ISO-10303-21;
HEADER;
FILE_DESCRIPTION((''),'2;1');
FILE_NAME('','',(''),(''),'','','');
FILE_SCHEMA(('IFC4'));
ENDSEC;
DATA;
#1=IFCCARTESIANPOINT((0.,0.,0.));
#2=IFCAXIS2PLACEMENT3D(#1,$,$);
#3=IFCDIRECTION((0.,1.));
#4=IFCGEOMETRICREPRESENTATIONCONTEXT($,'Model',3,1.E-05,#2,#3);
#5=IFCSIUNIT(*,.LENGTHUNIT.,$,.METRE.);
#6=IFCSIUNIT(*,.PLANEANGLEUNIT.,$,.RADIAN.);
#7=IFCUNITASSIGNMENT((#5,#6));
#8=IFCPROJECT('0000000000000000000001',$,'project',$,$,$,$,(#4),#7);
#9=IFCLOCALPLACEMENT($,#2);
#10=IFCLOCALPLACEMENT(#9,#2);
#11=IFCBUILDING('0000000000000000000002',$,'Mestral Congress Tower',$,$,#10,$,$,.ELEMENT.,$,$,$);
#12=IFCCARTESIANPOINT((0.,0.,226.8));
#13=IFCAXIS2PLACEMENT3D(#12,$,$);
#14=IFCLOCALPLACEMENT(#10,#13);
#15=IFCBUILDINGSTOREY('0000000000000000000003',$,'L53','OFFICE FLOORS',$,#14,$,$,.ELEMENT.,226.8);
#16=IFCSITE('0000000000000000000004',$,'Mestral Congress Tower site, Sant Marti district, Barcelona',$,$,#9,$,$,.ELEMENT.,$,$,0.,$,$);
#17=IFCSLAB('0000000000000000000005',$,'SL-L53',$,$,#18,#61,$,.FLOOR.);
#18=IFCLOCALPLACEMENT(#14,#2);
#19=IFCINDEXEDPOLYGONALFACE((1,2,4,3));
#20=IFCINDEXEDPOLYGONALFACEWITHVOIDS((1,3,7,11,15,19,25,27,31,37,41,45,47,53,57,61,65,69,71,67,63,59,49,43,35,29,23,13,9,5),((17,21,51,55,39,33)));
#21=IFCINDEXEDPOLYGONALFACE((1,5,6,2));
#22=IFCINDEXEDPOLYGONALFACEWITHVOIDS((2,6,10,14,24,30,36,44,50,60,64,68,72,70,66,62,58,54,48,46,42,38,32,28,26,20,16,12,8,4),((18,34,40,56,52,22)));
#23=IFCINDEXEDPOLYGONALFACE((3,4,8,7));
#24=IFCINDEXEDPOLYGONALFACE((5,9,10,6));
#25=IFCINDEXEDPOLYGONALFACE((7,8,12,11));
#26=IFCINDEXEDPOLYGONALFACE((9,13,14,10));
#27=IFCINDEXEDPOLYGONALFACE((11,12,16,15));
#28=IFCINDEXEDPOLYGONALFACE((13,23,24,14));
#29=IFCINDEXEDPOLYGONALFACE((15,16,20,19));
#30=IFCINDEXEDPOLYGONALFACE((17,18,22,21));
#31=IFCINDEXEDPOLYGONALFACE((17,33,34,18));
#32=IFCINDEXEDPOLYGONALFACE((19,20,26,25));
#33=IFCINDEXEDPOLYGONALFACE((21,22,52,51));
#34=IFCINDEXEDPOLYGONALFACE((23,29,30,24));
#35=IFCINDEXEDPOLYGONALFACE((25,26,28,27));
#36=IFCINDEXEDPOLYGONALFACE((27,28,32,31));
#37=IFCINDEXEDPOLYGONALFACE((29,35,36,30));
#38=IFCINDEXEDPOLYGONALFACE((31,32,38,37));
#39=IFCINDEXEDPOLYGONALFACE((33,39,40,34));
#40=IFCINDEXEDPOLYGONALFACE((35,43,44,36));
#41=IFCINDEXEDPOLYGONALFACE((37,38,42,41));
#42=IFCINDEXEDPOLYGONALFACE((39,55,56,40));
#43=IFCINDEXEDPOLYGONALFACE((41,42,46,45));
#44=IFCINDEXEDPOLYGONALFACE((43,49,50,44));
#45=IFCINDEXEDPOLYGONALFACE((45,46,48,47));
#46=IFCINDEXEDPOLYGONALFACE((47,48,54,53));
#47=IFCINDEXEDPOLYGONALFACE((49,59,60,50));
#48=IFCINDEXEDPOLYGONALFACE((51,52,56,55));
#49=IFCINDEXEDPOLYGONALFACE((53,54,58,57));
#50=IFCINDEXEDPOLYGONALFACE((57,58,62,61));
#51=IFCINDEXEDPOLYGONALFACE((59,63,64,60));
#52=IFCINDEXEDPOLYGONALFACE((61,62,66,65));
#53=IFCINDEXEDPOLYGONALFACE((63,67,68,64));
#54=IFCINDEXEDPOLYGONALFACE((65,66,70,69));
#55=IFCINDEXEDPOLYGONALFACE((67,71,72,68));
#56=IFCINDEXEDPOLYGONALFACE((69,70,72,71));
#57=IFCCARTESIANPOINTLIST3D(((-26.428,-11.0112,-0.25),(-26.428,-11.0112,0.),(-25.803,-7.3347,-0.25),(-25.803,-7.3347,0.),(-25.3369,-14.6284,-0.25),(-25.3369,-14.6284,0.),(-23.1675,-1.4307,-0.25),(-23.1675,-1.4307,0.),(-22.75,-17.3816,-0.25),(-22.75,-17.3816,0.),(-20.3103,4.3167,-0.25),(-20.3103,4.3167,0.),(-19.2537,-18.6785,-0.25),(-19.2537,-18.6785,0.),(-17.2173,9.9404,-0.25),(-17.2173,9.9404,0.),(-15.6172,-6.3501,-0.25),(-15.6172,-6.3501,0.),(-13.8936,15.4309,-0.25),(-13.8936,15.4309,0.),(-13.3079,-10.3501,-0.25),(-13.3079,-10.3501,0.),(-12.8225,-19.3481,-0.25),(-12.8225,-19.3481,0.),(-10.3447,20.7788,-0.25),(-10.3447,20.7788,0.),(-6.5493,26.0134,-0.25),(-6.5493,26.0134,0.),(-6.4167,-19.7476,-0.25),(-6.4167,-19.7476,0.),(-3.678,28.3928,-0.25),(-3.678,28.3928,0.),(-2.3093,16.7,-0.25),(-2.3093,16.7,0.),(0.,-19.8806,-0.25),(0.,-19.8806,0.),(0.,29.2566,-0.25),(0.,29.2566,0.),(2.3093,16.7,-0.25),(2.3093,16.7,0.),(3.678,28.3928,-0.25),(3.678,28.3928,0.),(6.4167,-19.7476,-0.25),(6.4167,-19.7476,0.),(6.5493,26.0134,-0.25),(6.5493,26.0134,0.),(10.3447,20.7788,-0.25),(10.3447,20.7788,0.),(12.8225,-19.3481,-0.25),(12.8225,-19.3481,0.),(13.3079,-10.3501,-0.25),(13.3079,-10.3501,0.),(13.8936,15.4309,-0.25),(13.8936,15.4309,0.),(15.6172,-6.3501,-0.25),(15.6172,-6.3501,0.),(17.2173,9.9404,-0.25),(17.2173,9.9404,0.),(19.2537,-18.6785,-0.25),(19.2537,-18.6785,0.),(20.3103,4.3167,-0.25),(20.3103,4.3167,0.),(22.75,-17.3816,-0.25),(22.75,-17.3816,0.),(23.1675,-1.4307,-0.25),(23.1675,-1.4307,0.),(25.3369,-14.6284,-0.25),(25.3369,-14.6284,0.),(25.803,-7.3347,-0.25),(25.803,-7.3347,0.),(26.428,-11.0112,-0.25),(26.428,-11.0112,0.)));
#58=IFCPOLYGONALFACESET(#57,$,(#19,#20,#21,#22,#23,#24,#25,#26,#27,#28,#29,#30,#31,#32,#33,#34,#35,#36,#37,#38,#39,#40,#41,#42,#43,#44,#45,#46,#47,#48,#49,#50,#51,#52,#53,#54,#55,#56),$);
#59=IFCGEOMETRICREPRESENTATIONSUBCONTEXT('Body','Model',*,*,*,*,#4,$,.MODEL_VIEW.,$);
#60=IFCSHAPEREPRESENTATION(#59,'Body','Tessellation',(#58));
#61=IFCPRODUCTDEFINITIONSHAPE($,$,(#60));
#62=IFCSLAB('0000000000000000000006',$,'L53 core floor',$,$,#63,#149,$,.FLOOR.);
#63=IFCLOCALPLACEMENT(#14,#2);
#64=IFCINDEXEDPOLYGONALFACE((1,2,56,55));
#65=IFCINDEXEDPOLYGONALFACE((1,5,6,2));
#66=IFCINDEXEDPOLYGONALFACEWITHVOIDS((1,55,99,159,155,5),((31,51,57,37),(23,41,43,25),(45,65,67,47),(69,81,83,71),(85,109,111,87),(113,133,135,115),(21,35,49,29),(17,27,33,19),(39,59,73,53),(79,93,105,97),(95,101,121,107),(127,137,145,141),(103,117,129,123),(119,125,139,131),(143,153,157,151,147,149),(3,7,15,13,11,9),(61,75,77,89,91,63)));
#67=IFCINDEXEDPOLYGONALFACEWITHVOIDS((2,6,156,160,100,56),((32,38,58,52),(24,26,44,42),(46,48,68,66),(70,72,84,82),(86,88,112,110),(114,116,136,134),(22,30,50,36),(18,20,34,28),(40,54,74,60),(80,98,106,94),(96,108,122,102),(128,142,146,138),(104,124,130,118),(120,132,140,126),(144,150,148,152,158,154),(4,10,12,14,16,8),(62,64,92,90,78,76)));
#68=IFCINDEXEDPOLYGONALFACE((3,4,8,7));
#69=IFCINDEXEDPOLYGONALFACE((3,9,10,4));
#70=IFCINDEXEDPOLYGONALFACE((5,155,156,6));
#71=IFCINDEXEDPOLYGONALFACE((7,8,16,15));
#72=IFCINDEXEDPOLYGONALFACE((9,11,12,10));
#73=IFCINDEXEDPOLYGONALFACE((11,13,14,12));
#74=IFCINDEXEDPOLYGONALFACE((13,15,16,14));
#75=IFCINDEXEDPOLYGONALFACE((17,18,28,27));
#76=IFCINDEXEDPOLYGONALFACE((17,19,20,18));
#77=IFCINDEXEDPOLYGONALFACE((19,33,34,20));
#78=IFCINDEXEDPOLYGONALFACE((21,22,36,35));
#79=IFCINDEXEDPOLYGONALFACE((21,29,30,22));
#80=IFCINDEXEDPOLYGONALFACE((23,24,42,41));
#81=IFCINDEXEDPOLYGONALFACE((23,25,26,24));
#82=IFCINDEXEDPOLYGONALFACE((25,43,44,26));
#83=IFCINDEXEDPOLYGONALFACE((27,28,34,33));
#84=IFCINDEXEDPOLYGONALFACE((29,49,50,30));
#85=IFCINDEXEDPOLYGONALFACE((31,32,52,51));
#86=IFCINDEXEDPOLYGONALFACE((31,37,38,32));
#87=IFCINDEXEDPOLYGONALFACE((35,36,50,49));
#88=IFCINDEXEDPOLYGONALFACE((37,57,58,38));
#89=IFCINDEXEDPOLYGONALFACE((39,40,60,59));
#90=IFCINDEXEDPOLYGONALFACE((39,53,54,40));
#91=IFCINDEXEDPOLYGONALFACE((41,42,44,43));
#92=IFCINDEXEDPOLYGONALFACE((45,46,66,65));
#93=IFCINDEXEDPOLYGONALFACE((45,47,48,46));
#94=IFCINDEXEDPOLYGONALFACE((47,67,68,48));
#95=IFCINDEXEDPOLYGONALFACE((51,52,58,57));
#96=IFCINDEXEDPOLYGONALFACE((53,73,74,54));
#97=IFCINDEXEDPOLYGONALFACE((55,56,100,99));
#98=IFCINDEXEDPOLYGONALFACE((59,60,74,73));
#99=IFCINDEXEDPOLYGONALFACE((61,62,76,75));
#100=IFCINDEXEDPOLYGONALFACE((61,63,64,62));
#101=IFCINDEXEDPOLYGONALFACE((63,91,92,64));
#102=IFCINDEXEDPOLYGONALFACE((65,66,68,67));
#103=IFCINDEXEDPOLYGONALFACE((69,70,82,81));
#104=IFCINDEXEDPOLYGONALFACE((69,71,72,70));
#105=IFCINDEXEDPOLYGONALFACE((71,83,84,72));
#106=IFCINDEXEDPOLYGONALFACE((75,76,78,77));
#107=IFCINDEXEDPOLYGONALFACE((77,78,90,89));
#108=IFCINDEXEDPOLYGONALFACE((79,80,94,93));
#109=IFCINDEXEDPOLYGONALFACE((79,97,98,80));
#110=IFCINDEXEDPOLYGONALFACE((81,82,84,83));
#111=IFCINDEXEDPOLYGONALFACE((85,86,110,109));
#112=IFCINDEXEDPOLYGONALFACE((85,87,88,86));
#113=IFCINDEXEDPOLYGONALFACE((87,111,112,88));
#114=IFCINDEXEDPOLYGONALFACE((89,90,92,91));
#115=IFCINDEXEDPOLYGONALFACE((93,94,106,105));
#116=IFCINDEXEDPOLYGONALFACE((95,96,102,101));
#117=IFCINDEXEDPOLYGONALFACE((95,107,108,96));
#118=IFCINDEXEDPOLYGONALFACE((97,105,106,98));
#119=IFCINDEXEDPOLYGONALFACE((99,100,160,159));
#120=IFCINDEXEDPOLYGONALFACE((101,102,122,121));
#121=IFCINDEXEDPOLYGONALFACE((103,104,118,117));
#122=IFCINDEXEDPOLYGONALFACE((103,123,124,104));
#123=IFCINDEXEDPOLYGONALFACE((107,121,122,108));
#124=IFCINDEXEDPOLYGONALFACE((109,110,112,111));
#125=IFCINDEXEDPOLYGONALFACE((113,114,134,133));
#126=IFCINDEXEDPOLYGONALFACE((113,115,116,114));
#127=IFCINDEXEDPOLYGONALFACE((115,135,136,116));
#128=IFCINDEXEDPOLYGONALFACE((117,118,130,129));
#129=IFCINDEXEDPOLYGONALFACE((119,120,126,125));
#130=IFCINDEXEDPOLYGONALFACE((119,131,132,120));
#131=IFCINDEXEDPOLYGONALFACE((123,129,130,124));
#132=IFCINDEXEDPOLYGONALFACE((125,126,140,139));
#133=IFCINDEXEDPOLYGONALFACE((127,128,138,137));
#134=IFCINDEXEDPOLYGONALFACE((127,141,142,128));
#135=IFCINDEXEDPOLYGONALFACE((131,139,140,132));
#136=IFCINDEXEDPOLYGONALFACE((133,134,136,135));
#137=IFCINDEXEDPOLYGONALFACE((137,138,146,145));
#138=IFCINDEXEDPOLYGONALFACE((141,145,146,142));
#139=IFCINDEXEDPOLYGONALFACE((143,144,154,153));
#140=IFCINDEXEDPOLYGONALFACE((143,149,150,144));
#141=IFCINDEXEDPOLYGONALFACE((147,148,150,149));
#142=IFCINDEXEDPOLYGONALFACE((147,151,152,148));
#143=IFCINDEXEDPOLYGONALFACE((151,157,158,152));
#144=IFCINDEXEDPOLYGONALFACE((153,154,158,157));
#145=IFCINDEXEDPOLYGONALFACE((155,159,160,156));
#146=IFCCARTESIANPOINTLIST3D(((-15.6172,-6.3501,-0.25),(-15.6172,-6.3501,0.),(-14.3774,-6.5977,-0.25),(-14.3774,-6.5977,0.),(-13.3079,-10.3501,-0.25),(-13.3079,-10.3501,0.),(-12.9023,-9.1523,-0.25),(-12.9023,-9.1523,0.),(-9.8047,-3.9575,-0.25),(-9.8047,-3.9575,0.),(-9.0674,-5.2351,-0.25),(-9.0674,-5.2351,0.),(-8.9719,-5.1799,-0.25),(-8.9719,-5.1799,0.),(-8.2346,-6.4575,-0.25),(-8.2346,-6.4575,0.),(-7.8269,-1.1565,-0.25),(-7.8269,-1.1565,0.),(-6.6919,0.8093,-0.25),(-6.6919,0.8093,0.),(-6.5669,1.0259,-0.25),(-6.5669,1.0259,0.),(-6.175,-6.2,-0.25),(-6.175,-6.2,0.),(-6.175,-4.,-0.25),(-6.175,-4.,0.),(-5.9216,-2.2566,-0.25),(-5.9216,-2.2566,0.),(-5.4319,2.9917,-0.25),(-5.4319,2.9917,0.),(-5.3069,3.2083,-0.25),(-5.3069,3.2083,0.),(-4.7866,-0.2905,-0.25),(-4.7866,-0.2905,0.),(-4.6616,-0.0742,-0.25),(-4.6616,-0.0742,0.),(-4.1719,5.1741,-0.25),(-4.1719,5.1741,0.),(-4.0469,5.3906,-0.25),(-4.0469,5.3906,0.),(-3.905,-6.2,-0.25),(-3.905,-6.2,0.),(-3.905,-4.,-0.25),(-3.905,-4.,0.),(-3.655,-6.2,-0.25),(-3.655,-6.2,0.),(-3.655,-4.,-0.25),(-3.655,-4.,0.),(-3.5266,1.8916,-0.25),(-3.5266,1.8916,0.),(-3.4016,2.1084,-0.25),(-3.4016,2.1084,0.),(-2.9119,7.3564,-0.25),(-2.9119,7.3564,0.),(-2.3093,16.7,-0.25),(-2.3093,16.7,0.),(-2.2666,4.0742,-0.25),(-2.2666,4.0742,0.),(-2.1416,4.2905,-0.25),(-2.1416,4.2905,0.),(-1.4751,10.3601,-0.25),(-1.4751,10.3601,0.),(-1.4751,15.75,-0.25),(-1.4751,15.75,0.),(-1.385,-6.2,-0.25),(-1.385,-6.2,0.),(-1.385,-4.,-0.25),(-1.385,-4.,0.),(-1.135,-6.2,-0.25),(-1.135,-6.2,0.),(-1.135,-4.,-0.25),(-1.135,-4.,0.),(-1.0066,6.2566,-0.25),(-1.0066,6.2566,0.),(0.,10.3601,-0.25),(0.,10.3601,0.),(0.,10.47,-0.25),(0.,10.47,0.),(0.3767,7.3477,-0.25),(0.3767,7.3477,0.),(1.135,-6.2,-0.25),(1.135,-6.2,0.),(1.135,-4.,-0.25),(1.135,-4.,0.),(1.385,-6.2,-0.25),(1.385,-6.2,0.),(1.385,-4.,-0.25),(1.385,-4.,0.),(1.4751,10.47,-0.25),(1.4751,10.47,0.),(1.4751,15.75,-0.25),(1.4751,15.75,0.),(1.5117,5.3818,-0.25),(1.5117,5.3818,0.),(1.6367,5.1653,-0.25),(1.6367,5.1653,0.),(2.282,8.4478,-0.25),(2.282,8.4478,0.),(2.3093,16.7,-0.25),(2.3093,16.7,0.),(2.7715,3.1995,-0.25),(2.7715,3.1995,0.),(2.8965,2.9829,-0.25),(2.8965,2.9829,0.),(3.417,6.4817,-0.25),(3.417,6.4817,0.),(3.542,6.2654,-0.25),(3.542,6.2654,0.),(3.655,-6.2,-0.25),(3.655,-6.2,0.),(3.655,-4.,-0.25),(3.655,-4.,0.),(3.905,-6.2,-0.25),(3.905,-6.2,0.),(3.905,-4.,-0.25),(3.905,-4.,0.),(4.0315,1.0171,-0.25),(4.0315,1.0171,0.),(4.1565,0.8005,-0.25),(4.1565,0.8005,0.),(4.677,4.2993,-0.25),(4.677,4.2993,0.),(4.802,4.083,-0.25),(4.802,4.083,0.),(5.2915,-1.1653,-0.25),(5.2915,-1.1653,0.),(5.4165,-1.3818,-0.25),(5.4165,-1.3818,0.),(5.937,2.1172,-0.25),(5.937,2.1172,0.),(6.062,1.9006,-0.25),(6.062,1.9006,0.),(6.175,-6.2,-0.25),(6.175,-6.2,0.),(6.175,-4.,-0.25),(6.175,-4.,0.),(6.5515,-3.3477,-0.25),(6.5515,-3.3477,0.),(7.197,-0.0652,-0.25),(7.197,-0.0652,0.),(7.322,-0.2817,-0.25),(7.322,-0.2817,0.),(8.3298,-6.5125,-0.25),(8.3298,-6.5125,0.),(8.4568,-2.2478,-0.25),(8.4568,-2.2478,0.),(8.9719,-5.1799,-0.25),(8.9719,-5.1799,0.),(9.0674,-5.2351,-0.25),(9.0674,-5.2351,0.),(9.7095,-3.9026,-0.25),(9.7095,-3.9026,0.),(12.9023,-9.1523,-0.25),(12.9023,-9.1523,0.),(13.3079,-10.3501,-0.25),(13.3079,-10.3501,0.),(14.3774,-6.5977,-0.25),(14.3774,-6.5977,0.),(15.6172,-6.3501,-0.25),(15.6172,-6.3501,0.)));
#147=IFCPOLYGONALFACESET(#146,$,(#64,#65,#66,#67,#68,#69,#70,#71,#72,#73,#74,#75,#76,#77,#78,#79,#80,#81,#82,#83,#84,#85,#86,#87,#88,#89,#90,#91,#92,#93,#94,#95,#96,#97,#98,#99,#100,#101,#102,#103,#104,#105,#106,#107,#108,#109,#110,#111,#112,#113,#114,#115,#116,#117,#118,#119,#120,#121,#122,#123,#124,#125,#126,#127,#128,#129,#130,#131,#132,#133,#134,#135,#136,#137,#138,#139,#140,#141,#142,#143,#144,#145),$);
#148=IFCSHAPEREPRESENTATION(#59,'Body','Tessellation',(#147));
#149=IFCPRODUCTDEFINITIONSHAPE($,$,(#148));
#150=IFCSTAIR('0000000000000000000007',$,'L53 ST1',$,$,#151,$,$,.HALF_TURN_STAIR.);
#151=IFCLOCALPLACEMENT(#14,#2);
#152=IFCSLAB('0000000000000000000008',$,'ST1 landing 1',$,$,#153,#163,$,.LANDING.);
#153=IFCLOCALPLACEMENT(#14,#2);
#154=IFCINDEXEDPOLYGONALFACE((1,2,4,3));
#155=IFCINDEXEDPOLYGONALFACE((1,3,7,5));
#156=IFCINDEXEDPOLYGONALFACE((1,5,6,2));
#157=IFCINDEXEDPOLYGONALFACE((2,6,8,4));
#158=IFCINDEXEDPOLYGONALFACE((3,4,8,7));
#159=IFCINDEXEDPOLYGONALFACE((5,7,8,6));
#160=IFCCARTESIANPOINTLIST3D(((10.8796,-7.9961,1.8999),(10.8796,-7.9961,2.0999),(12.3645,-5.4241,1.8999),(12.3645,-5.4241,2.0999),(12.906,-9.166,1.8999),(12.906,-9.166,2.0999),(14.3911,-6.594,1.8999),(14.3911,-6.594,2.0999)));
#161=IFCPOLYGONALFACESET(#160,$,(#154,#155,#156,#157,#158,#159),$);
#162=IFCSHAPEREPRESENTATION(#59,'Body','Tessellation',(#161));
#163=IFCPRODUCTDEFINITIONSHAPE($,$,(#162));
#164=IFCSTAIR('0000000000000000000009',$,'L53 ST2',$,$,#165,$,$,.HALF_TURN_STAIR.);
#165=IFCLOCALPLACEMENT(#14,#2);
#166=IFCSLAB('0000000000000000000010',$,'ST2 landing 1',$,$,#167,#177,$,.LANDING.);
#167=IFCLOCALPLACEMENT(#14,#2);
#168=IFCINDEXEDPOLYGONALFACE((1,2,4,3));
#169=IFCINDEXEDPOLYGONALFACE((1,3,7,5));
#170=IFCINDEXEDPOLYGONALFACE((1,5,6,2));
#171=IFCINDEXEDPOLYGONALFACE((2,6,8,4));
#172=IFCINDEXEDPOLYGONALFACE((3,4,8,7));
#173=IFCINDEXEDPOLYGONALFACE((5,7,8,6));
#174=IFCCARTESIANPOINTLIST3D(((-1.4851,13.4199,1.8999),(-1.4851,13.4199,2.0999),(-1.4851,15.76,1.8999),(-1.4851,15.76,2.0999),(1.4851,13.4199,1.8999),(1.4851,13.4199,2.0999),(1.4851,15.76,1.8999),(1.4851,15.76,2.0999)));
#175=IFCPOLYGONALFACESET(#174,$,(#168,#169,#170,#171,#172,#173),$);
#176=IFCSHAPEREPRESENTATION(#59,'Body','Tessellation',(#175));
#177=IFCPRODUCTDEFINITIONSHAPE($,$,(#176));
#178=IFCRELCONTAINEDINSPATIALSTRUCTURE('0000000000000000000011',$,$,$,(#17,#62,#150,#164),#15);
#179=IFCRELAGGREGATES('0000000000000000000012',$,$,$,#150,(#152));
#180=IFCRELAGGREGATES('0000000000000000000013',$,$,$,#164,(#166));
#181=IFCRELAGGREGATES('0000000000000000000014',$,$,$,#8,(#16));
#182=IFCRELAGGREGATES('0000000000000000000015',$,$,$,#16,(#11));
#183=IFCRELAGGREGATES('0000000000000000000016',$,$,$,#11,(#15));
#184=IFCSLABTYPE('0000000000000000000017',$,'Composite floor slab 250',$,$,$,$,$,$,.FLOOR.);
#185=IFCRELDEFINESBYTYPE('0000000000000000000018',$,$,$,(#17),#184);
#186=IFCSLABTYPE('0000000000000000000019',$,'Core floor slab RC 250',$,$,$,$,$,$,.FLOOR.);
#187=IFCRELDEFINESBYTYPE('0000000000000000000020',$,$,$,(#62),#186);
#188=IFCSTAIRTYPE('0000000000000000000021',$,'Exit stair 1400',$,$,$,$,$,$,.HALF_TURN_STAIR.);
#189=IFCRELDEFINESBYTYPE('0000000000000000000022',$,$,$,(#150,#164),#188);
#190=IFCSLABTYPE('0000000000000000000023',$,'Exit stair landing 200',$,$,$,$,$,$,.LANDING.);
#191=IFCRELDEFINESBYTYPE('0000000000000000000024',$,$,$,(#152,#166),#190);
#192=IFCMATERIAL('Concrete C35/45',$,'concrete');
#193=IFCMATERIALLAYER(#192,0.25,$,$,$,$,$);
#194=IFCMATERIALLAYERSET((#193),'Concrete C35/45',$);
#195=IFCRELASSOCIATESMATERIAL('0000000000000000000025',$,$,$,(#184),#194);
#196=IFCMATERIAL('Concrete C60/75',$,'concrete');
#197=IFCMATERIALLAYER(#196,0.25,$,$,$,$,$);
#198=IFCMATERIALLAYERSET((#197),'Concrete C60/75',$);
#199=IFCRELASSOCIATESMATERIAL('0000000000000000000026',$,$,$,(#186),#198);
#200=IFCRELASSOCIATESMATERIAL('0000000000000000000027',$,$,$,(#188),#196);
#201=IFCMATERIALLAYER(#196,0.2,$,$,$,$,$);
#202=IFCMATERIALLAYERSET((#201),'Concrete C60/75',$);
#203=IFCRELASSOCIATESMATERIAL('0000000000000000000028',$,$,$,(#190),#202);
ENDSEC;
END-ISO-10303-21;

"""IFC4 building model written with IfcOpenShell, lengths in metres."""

from ifc_helpers import new_model, si_unit, direction, frame, origin, place, context, subcontext, project, spatial, polyline, outline, extrude, material, layer, layer_set, type_object, element, aggregate, save


model = new_model("IFC4")

# Units and contexts
model_context = context("Model", 3, precision=1e-05, world=origin(), true_north=direction((0.0, 1.0)))
body_context = subcontext(model_context, "Body", "Model", "MODEL_VIEW")
ifc_project = project(units=[si_unit("LENGTHUNIT", "METRE"), si_unit("PLANEANGLEUNIT", "RADIAN")], contexts=[model_context])

# Site, building, storey
site_placement = place(None, origin())
site = spatial("IfcSite", under=ifc_project, at=site_placement, Name="Mestral Congress Tower site, Sant Marti district, Barcelona", CompositionType="ELEMENT", RefElevation=0.0)
building_placement = place(site_placement, origin())
building = spatial("IfcBuilding", under=site, at=building_placement, Name="Mestral Congress Tower", CompositionType="ELEMENT")
storey_placement = place(building_placement, frame((0.0, 0.0, 226.8)))
storey = spatial("IfcBuildingStorey", under=building, at=storey_placement, Name="L53", Description="OFFICE FLOORS", CompositionType="ELEMENT", Elevation=226.8)

# Slabs
ifc_material_1 = material(Name="Concrete C35/45", Category="concrete")
ifc_layer_1 = layer(ifc_material_1, 0.25)
ifc_layer_set_1 = layer_set([ifc_layer_1], Name="Concrete C35/45")
slab_type_1 = type_object("IfcSlabType", Name="Composite floor slab 250", PredefinedType="FLOOR", material=ifc_layer_set_1)
placement_1 = place(storey_placement, frame((0.0, 0.0, -0.25)))
element("IfcSlab", 1, at=placement_1, inside=storey, type_object=slab_type_1, Name="SL-L53", PredefinedType="FLOOR", context=body_context, shape_type="SweptSolid", body=[
    extrude(outline(polyline([(-19.2537, -18.6785), (-22.75, -17.3816), (-25.3369, -14.6284), (-26.428, -11.0112), (-25.803, -7.3347), (-23.1675, -1.4307), (-20.3103, 4.3167), (-17.2173, 9.9404), (-13.8936, 15.4309), (-10.3447, 20.7788), (-6.5493, 26.0134), (-3.678, 28.3928), (0.0, 29.2566), (3.678, 28.3928), (6.5493, 26.0134), (10.3447, 20.7788), (13.8936, 15.4309), (17.2173, 9.9404), (20.3103, 4.3167), (23.1675, -1.4307), (25.803, -7.3347), (26.428, -11.0112), (25.3369, -14.6284), (22.75, -17.3816), (19.2537, -18.6785), (12.8225, -19.3481), (6.4167, -19.7476), (0.0, -19.8806), (-6.4167, -19.7476), (-12.8225, -19.3481), (-19.2537, -18.6785)]), holes=[polyline([(-2.3093, 16.7), (-15.6172, -6.3501), (-13.3079, -10.3501), (13.3079, -10.3501), (15.6172, -6.3501), (2.3093, 16.7), (-2.3093, 16.7)])]), origin(), (0.0, 0.0, 1.0), 0.25),
])
ifc_material_2 = material(Name="Concrete C60/75", Category="concrete")
ifc_layer_2 = layer(ifc_material_2, 0.25)
ifc_layer_set_2 = layer_set([ifc_layer_2], Name="Concrete C60/75")
slab_type_2 = type_object("IfcSlabType", Name="Core floor slab RC 250", PredefinedType="FLOOR", material=ifc_layer_set_2)
element("IfcSlab", 2, at=placement_1, inside=storey, type_object=slab_type_2, Name="L53 core floor", PredefinedType="FLOOR", context=body_context, shape_type="SweptSolid", body=[
    extrude(outline(polyline([(13.3079, -10.3501), (-13.3079, -10.3501), (-15.6172, -6.3501), (-2.3093, 16.7), (2.3093, 16.7), (15.6172, -6.3501), (13.3079, -10.3501)]), holes=[polyline([(-9.8047, -3.9575), (-14.3774, -6.5977), (-12.9023, -9.1523), (-8.2346, -6.4575), (-8.9719, -5.1799), (-9.0674, -5.2351), (-9.8047, -3.9575)]), polyline([(-3.905, -4.0), (-6.175, -4.0), (-6.175, -6.2), (-3.905, -6.2), (-3.905, -4.0)]), polyline([(-1.385, -4.0), (-3.655, -4.0), (-3.655, -6.2), (-1.385, -6.2), (-1.385, -4.0)]), polyline([(1.135, -4.0), (-1.135, -4.0), (-1.135, -6.2), (1.135, -6.2), (1.135, -4.0)]), polyline([(-5.9216, -2.2566), (-4.7866, -0.2905), (-6.6919, 0.8093), (-7.8269, -1.1565), (-5.9216, -2.2566)]), polyline([(-4.6616, -0.0742), (-3.5266, 1.8916), (-5.4319, 2.9917), (-6.5669, 1.0259), (-4.6616, -0.0742)]), polyline([(-3.4016, 2.1084), (-2.2666, 4.0742), (-4.1719, 5.1741), (-5.3069, 3.2083), (-3.4016, 2.1084)]), polyline([(-2.1416, 4.2905), (-1.0066, 6.2566), (-2.9119, 7.3564), (-4.0469, 5.3906), (-2.1416, 4.2905)]), polyline([(1.4751, 10.47), (1.4751, 15.75), (-1.4751, 15.75), (-1.4751, 10.3601), (0.0, 10.3601), (0.0, 10.47), (1.4751, 10.47)]), polyline([(8.3298, -6.5125), (12.9023, -9.1523), (14.3774, -6.5977), (9.7095, -3.9026), (8.9719, -5.1799), (9.0674, -5.2351), (8.3298, -6.5125)]), polyline([(3.655, -4.0), (1.385, -4.0), (1.385, -6.2), (3.655, -6.2), (3.655, -4.0)]), polyline([(6.175, -4.0), (3.905, -4.0), (3.905, -6.2), (6.175, -6.2), (6.175, -4.0)]), polyline([(5.4165, -1.3818), (6.5515, -3.3477), (8.4568, -2.2478), (7.322, -0.2817), (5.4165, -1.3818)]), polyline([(4.1565, 0.8005), (5.2915, -1.1653), (7.197, -0.0652), (6.062, 1.9006), (4.1565, 0.8005)]), polyline([(2.8965, 2.9829), (4.0315, 1.0171), (5.937, 2.1172), (4.802, 4.083), (2.8965, 2.9829)]), polyline([(3.542, 6.2654), (1.6367, 5.1653), (2.7715, 3.1995), (4.677, 4.2993), (3.542, 6.2654)]), polyline([(2.282, 8.4478), (0.3767, 7.3477), (1.5117, 5.3818), (3.417, 6.4817), (2.282, 8.4478)])]), origin(), (0.0, 0.0, 1.0), 0.25),
])

# Stairs, slabs
stair_type = type_object("IfcStairType", Name="Exit stair 1400", PredefinedType="HALF_TURN_STAIR", material=ifc_material_2)
placement_2 = place(storey_placement, origin())
stair_1 = element("IfcStair", 3, at=placement_2, inside=storey, type_object=stair_type, Name="L53 ST1", PredefinedType="HALF_TURN_STAIR")
ifc_layer_3 = layer(ifc_material_2, 0.2)
ifc_layer_set_3 = layer_set([ifc_layer_3], Name="Concrete C60/75")
slab_type_3 = type_object("IfcSlabType", Name="Exit stair landing 200", PredefinedType="LANDING", material=ifc_layer_set_3)
placement_3 = place(storey_placement, frame((0.0, 0.0, 1.8999)))
slab_1 = element("IfcSlab", 4, at=placement_3, type_object=slab_type_3, Name="ST1 landing 1", PredefinedType="LANDING", context=body_context, shape_type="SweptSolid", body=[
    extrude(outline(polyline([(10.8796, -7.9961), (12.3645, -5.4241), (14.3911, -6.594), (12.906, -9.166), (10.8796, -7.9961)])), origin(), (0.0, 0.0, 1.0), 0.2),
])
aggregate(stair_1, [slab_1])
stair_2 = element("IfcStair", 5, at=placement_2, inside=storey, type_object=stair_type, Name="L53 ST2", PredefinedType="HALF_TURN_STAIR")
slab_2 = element("IfcSlab", 6, at=placement_3, type_object=slab_type_3, Name="ST2 landing 1", PredefinedType="LANDING", context=body_context, shape_type="SweptSolid", body=[
    extrude(outline(polyline([(1.4851, 13.4199), (-1.4851, 13.4199), (-1.4851, 15.76), (1.4851, 15.76), (1.4851, 13.4199)])), origin(), (0.0, 0.0, 1.0), 0.2),
])
aggregate(stair_2, [slab_2])

save(model, "model.ifc")
